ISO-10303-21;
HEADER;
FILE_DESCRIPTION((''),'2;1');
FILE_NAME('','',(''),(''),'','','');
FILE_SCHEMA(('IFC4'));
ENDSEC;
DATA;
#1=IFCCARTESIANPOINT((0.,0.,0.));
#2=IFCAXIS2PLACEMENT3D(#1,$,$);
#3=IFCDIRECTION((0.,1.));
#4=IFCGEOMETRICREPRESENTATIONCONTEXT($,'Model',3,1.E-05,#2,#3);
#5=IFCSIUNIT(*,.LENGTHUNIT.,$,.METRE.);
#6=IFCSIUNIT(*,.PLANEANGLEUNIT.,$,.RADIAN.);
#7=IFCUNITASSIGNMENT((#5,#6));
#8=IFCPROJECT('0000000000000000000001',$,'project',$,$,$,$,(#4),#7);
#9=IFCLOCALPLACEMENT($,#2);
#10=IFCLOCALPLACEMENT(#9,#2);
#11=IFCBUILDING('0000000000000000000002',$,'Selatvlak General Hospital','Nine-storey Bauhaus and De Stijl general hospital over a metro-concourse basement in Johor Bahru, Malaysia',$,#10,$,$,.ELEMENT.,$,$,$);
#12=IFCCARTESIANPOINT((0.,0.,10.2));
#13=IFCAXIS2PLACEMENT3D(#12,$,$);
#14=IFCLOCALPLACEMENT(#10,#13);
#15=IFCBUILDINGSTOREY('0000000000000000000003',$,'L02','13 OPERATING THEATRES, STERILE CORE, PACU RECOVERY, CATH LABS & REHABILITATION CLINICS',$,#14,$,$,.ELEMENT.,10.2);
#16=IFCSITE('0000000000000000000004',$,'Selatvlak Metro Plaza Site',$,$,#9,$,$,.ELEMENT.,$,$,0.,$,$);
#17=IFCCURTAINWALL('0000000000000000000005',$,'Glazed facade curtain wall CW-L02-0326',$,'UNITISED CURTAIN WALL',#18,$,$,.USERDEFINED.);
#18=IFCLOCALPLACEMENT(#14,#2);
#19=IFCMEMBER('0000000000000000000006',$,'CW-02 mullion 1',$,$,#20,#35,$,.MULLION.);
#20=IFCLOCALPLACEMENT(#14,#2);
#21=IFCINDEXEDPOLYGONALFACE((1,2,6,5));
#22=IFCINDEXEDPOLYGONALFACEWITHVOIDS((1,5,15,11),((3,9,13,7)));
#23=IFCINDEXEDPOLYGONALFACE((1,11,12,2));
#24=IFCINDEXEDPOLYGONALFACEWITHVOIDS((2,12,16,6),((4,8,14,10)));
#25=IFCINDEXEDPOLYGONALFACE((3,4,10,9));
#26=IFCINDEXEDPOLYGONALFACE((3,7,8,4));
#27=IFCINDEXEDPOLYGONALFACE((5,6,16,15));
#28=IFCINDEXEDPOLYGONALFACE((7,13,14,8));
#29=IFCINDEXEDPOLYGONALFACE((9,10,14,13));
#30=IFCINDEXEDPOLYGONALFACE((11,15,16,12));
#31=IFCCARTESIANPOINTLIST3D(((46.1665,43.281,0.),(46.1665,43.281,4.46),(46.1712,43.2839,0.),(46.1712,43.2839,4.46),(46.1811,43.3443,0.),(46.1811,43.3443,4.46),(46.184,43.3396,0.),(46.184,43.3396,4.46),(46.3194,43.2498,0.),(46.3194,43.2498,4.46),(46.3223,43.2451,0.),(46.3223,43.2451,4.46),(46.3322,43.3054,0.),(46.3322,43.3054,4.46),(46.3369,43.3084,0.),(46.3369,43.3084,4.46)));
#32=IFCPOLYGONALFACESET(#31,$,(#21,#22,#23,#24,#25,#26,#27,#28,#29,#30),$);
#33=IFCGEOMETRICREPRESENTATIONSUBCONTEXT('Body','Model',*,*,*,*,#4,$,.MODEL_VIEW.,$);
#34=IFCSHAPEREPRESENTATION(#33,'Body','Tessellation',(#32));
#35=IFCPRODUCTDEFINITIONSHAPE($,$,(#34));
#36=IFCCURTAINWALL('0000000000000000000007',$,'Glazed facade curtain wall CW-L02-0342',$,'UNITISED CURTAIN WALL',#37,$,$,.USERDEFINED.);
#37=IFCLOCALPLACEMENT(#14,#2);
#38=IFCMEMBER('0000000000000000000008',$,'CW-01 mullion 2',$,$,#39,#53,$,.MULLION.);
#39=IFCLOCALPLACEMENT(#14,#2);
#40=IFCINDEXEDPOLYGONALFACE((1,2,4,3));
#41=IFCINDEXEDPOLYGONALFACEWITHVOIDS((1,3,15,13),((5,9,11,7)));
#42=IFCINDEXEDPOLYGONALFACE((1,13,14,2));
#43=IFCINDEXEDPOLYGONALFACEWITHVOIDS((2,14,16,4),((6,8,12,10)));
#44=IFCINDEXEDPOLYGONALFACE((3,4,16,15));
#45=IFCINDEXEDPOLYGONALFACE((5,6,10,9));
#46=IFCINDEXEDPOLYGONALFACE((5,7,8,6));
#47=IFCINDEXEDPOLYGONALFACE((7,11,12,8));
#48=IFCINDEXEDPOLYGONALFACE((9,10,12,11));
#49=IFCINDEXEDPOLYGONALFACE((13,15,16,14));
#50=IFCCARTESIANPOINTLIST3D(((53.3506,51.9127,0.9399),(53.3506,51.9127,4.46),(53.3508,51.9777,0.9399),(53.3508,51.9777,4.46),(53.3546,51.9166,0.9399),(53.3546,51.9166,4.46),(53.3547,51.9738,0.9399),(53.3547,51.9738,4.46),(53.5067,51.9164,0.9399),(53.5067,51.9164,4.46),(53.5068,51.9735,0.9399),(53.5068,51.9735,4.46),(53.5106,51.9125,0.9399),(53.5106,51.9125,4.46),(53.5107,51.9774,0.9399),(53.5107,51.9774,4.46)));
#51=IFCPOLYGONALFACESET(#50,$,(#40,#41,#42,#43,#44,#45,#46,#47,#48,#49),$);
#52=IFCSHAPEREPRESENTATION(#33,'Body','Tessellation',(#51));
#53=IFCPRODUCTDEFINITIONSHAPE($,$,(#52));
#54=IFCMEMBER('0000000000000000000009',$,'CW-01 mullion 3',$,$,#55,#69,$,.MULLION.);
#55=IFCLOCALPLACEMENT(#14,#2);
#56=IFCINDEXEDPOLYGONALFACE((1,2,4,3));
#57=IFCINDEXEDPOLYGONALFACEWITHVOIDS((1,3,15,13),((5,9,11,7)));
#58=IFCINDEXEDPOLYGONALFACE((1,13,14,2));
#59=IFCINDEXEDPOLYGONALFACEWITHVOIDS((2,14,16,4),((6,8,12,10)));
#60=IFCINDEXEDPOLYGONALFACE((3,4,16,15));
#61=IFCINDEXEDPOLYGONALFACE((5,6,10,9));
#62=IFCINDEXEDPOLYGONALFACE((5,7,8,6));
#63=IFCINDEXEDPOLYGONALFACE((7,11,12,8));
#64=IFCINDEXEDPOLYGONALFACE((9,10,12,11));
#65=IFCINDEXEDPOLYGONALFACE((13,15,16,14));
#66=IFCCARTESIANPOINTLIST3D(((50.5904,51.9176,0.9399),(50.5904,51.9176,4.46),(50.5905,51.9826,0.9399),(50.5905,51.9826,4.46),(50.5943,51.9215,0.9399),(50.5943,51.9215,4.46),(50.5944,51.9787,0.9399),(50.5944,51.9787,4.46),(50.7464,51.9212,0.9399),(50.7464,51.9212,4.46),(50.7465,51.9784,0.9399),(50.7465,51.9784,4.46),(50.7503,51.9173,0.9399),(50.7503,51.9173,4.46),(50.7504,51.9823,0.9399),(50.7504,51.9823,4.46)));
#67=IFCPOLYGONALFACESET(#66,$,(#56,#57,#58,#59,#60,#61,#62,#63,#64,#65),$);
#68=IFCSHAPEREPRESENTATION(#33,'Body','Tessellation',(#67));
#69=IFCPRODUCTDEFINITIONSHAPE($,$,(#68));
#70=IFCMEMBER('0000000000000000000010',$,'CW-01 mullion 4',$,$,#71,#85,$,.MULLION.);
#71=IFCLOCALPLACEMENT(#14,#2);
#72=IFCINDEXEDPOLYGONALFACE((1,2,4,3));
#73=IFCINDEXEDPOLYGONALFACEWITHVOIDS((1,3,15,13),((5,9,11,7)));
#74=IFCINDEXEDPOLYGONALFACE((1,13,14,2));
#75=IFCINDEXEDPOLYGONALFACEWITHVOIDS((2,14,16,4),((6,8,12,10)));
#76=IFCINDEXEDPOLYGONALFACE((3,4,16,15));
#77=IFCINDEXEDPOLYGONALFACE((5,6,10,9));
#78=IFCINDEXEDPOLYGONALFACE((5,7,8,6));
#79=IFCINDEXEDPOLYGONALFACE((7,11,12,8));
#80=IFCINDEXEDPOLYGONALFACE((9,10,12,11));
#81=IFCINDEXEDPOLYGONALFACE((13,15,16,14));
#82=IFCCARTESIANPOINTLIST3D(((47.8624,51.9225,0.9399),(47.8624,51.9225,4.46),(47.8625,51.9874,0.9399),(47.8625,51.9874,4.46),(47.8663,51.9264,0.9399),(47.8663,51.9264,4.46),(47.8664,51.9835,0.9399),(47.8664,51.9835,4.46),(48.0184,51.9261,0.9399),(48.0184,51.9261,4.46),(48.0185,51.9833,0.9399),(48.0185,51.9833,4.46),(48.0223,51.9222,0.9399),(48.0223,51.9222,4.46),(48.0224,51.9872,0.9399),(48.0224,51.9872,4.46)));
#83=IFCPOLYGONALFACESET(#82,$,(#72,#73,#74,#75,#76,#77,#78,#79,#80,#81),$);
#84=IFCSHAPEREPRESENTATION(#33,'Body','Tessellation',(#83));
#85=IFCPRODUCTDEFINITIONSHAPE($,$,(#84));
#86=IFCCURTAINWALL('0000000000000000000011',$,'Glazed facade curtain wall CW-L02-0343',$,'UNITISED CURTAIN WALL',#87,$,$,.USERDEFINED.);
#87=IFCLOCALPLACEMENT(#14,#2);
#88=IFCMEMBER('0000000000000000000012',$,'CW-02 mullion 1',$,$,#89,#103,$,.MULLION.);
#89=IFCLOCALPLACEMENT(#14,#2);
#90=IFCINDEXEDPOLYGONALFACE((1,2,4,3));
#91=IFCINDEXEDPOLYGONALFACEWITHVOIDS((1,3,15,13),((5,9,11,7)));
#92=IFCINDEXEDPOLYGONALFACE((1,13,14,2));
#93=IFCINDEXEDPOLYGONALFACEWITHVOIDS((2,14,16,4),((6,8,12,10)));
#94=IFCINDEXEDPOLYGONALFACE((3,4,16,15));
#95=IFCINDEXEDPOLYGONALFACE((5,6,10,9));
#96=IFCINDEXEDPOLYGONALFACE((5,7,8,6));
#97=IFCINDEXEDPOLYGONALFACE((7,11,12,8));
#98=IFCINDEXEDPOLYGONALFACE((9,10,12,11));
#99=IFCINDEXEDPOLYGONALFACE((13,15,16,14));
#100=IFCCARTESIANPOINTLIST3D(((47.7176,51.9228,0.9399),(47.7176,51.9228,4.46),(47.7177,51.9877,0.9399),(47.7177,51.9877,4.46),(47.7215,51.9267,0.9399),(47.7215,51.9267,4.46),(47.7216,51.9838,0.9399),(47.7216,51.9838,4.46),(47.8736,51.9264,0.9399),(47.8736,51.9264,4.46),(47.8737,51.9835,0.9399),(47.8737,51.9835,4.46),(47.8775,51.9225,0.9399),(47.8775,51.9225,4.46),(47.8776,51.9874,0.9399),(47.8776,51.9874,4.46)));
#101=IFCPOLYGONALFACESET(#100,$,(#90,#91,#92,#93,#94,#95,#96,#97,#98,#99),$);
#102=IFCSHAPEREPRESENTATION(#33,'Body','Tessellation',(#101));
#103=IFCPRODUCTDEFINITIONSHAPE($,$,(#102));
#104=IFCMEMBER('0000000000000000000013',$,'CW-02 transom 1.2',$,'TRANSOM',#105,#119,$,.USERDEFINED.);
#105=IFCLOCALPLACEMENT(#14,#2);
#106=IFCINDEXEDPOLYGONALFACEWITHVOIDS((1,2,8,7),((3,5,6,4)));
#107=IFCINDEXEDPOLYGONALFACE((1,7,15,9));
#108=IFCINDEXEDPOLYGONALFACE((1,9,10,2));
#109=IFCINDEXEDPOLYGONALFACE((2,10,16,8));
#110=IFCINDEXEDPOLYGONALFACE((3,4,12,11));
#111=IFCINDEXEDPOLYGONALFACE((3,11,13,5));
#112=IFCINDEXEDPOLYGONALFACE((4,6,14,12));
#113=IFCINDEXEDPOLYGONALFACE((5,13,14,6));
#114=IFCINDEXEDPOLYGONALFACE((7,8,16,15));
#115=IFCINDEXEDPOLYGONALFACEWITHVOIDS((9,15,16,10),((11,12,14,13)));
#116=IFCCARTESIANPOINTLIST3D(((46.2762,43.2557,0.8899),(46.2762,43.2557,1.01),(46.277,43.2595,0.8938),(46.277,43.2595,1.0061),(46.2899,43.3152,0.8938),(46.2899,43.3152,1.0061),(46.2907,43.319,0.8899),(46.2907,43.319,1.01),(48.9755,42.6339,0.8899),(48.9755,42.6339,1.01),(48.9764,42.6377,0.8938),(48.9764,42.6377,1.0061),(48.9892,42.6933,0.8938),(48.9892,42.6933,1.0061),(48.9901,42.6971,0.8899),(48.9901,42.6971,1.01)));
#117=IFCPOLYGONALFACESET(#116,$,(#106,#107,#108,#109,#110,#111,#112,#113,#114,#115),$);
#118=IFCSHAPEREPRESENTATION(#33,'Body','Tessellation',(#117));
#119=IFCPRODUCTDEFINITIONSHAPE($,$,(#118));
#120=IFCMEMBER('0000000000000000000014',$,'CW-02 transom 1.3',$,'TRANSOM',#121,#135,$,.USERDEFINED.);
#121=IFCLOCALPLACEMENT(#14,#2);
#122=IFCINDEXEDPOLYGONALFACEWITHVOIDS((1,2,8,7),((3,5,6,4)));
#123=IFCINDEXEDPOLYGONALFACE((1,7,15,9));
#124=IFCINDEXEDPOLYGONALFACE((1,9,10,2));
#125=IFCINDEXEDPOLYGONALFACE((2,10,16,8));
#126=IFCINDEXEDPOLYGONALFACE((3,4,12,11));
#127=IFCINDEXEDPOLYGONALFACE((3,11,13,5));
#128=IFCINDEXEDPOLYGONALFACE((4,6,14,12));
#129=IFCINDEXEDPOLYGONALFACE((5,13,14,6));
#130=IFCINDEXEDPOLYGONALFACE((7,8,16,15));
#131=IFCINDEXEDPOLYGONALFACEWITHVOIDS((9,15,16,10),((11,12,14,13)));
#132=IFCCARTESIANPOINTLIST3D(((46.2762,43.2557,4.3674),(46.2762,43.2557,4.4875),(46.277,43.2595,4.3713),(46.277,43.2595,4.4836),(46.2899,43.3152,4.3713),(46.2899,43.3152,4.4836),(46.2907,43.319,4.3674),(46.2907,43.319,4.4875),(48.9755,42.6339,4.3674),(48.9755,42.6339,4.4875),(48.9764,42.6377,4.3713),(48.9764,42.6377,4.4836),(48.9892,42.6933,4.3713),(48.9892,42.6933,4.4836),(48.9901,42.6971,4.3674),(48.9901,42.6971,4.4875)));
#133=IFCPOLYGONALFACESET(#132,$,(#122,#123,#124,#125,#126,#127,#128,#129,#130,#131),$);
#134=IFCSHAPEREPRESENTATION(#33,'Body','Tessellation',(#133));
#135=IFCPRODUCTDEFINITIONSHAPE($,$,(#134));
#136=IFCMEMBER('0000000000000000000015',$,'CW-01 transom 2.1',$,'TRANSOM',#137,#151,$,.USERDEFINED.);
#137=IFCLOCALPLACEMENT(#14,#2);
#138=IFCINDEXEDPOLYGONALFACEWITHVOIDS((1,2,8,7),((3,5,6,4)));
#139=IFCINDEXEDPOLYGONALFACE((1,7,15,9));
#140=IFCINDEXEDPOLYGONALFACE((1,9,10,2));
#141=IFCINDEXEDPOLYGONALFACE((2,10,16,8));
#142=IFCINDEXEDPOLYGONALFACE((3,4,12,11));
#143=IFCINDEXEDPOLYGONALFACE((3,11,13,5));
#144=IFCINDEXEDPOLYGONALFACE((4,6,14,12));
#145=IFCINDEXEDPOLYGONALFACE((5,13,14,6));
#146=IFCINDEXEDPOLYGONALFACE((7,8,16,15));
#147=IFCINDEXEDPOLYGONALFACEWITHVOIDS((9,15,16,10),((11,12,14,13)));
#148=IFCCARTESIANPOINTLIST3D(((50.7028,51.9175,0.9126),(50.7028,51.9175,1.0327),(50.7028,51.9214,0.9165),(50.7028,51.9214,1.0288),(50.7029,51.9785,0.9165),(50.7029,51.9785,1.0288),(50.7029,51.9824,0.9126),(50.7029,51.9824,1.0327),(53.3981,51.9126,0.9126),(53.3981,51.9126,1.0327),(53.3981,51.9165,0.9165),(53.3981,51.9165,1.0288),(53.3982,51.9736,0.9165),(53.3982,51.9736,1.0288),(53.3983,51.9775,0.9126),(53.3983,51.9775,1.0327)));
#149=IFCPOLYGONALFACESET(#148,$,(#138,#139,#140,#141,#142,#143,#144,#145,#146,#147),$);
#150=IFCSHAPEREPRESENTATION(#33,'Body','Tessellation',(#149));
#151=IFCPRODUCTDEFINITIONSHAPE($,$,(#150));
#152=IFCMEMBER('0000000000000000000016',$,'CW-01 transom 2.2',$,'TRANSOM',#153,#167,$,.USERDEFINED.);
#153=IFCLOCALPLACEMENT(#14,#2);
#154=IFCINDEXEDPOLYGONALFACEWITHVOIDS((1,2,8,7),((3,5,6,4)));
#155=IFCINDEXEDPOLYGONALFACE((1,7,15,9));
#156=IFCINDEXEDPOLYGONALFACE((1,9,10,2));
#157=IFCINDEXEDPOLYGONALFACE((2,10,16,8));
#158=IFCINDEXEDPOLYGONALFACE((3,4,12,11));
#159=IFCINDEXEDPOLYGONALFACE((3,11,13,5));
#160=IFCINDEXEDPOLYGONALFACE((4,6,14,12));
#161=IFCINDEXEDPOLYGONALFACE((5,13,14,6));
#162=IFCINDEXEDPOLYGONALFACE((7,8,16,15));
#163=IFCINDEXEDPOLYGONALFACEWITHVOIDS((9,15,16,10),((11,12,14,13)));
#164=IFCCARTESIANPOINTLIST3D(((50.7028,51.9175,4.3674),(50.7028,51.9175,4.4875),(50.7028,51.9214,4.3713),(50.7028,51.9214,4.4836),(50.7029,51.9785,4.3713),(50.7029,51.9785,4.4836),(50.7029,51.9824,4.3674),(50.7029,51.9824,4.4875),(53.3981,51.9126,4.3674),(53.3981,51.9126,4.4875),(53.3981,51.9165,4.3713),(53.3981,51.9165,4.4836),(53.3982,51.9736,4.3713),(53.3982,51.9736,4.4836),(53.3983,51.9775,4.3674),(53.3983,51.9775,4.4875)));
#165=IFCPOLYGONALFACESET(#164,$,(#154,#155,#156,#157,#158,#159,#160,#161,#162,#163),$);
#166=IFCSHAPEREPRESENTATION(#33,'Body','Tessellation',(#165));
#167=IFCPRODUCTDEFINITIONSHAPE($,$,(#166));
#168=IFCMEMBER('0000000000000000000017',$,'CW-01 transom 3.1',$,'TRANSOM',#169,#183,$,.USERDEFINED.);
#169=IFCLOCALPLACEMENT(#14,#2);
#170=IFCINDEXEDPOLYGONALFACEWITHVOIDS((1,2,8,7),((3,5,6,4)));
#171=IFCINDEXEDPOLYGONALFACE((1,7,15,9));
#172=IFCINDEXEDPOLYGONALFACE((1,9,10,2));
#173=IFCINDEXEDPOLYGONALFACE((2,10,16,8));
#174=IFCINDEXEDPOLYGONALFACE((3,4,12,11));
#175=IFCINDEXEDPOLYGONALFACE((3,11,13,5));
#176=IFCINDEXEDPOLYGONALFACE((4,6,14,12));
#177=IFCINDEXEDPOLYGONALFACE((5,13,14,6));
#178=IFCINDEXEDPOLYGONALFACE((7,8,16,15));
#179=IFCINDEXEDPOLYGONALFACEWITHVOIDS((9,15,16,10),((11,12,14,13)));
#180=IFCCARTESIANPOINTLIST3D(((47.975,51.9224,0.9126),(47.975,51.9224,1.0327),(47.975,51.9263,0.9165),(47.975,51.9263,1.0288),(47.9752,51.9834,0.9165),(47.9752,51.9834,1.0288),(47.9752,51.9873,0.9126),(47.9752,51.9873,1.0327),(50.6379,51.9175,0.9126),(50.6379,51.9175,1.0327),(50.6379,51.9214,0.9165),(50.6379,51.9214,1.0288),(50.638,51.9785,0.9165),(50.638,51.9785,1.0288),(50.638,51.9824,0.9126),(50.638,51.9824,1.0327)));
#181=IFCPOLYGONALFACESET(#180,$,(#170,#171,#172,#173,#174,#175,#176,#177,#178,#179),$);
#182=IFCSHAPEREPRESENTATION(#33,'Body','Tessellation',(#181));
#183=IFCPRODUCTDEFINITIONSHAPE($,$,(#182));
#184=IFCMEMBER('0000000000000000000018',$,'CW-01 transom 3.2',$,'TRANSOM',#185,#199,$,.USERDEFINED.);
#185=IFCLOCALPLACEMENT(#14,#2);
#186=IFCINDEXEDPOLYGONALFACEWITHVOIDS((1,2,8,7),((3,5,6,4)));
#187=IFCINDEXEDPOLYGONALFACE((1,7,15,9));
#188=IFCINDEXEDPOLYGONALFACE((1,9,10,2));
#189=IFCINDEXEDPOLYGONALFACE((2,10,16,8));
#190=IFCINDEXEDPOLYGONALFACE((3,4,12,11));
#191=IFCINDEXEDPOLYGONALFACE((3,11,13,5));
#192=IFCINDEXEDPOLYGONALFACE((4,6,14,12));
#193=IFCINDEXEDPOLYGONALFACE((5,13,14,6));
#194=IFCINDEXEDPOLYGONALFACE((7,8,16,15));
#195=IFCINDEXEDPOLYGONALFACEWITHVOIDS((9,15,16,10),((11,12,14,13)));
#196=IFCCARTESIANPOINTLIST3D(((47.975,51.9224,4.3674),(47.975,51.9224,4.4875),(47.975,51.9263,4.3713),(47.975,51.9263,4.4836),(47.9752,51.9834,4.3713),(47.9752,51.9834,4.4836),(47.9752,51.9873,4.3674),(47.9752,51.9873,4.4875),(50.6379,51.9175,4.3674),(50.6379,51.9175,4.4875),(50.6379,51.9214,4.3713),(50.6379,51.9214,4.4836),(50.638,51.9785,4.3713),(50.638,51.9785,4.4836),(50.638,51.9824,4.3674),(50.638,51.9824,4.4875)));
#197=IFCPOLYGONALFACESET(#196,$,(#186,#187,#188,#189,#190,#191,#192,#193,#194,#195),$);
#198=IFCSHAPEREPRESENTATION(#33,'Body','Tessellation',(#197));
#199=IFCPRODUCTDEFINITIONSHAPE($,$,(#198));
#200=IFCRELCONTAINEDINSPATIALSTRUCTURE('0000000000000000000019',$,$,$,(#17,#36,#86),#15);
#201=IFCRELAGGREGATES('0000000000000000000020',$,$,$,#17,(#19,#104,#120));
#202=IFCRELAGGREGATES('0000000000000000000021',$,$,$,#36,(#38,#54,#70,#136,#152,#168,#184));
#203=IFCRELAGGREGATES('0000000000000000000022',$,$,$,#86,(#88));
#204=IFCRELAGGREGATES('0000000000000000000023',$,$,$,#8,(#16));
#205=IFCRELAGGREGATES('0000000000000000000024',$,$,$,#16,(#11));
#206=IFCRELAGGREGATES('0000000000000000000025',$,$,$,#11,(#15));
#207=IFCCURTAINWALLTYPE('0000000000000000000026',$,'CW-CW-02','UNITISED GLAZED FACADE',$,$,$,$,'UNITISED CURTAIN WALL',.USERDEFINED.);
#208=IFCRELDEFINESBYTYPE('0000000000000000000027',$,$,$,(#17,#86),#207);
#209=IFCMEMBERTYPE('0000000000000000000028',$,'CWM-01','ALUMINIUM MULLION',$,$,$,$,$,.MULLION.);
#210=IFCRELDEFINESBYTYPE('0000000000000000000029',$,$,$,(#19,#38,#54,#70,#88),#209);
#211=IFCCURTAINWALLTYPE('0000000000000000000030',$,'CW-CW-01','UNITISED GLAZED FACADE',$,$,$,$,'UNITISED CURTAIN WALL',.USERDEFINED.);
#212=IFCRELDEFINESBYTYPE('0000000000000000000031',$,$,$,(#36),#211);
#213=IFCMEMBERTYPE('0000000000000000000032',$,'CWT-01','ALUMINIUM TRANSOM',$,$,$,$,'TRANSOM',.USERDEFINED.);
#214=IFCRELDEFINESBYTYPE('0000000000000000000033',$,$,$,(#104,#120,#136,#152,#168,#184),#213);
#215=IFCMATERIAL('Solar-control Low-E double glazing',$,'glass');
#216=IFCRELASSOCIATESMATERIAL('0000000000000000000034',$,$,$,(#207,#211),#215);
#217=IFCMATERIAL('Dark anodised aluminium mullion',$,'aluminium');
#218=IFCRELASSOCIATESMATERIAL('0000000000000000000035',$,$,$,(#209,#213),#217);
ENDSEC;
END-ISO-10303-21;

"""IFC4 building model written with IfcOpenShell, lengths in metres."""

from ifc_helpers import new_model, si_unit, direction, frame, origin, origin_2d, place, context, subcontext, project, spatial, hollow_rectangle, extrude, material, material_profile, profile_set, type_object, element, aggregate, save


model = new_model("IFC4")

# Units and contexts
model_context = context("Model", 3, precision=1e-05, world=origin(), true_north=direction((0.0, 1.0)))
body_context = subcontext(model_context, "Body", "Model", "MODEL_VIEW")
ifc_project = project(units=[si_unit("LENGTHUNIT", "METRE"), si_unit("PLANEANGLEUNIT", "RADIAN")], contexts=[model_context])

# Site, building, storey
site_placement = place(None, origin())
site = spatial("IfcSite", under=ifc_project, at=site_placement, Name="Selatvlak Metro Plaza Site", CompositionType="ELEMENT", RefElevation=0.0)
building_placement = place(site_placement, origin())
building = spatial("IfcBuilding", under=site, at=building_placement, Name="Selatvlak General Hospital", Description="Nine-storey Bauhaus and De Stijl general hospital over a metro-concourse basement in Johor Bahru, Malaysia", CompositionType="ELEMENT")
storey_placement = place(building_placement, frame((0.0, 0.0, 10.2)))
storey = spatial("IfcBuildingStorey", under=building, at=storey_placement, Name="L02", Description="13 OPERATING THEATRES, STERILE CORE, PACU RECOVERY, CATH LABS & REHABILITATION CLINICS", CompositionType="ELEMENT", Elevation=10.2)

# Curtain wall, member
ifc_material_1 = material(Name="Solar-control Low-E double glazing", Category="glass")
curtain_wall_type_1 = type_object("IfcCurtainWallType", Name="CW-CW-02", Description="UNITISED GLAZED FACADE", ElementType="UNITISED CURTAIN WALL", PredefinedType="USERDEFINED", material=ifc_material_1)
curtain_wall_1_placement = place(storey_placement, origin())
curtain_wall_1 = element("IfcCurtainWall", 1, at=curtain_wall_1_placement, inside=storey, type_object=curtain_wall_type_1, Name="Glazed facade curtain wall CW-L02-0326", ObjectType="UNITISED CURTAIN WALL", PredefinedType="USERDEFINED")
ifc_material_2 = material(Name="Dark anodised aluminium mullion", Category="aluminium")
ifc_material_profile_1 = material_profile(ifc_material_2, hollow_rectangle(XDim=0.0649, YDim=0.1599, WallThickness=0.0039, at=origin_2d()), Name="AL-MUL 65x160x4")
ifc_profile_set_1 = profile_set([ifc_material_profile_1], Name="Dark anodised aluminium mullion")
member_type_1 = type_object("IfcMemberType", Name="CWM-01", Description="ALUMINIUM MULLION", PredefinedType="MULLION", material=ifc_profile_set_1)
member_1_placement = place(storey_placement, frame((46.2517, 43.2947, 0.0), z_axis=(0.0, 0.0, 1.0), x_axis=(0.224482, 0.974478, 0.0)))
member_1 = element("IfcMember", 2, at=member_1_placement, type_object=member_type_1, Name="CW-02 mullion 1", PredefinedType="MULLION", context=body_context, shape_type="SweptSolid", body=[
    extrude(hollow_rectangle(XDim=0.0649, YDim=0.1599, WallThickness=0.0039, at=origin_2d()), origin(), (0.0, 0.0, 1.0), 4.46),
])

# Curtain wall, members
curtain_wall_type_2 = type_object("IfcCurtainWallType", Name="CW-CW-01", Description="UNITISED GLAZED FACADE", ElementType="UNITISED CURTAIN WALL", PredefinedType="USERDEFINED", material=ifc_material_1)
curtain_wall_2_placement = place(storey_placement, origin())
curtain_wall_2 = element("IfcCurtainWall", 3, at=curtain_wall_2_placement, inside=storey, type_object=curtain_wall_type_2, Name="Glazed facade curtain wall CW-L02-0342", ObjectType="UNITISED CURTAIN WALL", PredefinedType="USERDEFINED")
member_2_placement = place(storey_placement, frame((53.4307, 51.9451, 0.9399), z_axis=(0.0, 0.0, 1.0), x_axis=(-0.001811, -0.999998, 0.0)))
member_2 = element("IfcMember", 4, at=member_2_placement, type_object=member_type_1, Name="CW-01 mullion 2", PredefinedType="MULLION", context=body_context, shape_type="SweptSolid", body=[
    extrude(hollow_rectangle(XDim=0.0649, YDim=0.1599, WallThickness=0.0039, at=origin_2d()), origin(), (0.0, 0.0, 1.0), 3.52),
])
member_3_placement = place(storey_placement, frame((50.6704, 51.95, 0.9399), z_axis=(0.0, 0.0, 1.0), x_axis=(-0.001811, -0.999998, 0.0)))
member_3 = element("IfcMember", 5, at=member_3_placement, type_object=member_type_1, Name="CW-01 mullion 3", PredefinedType="MULLION", context=body_context, shape_type="SweptSolid", body=[
    extrude(hollow_rectangle(XDim=0.0649, YDim=0.1599, WallThickness=0.0039, at=origin_2d()), origin(), (0.0, 0.0, 1.0), 3.52),
])
member_4_placement = place(storey_placement, frame((47.9424, 51.9548, 0.9399), z_axis=(0.0, 0.0, 1.0), x_axis=(-0.001811, -0.999998, 0.0)))
member_4 = element("IfcMember", 6, at=member_4_placement, type_object=member_type_1, Name="CW-01 mullion 4", PredefinedType="MULLION", context=body_context, shape_type="SweptSolid", body=[
    extrude(hollow_rectangle(XDim=0.0649, YDim=0.1599, WallThickness=0.0039, at=origin_2d()), origin(), (0.0, 0.0, 1.0), 3.52),
])

# Curtain wall, member
curtain_wall_3_placement = place(storey_placement, origin())
curtain_wall_3 = element("IfcCurtainWall", 7, at=curtain_wall_3_placement, inside=storey, type_object=curtain_wall_type_1, Name="Glazed facade curtain wall CW-L02-0343", ObjectType="UNITISED CURTAIN WALL", PredefinedType="USERDEFINED")
member_5_placement = place(storey_placement, frame((47.7976, 51.9551, 0.9399), z_axis=(0.0, 0.0, 1.0), x_axis=(-0.001811, -0.999998, 0.0)))
member_5 = element("IfcMember", 8, at=member_5_placement, type_object=member_type_1, Name="CW-02 mullion 1", PredefinedType="MULLION", context=body_context, shape_type="SweptSolid", body=[
    extrude(hollow_rectangle(XDim=0.0649, YDim=0.1599, WallThickness=0.0039, at=origin_2d()), origin(), (0.0, 0.0, 1.0), 3.52),
])

# Members
ifc_material_profile_2 = material_profile(ifc_material_2, hollow_rectangle(XDim=0.0649, YDim=0.1201, WallThickness=0.0039, at=origin_2d()), Name="AL-TRN 65x120x4")
ifc_profile_set_2 = profile_set([ifc_material_profile_2], Name="Dark anodised aluminium mullion")
member_type_2 = type_object("IfcMemberType", Name="CWT-01", Description="ALUMINIUM TRANSOM", ElementType="TRANSOM", PredefinedType="USERDEFINED", material=ifc_profile_set_2)
member_6_placement = place(storey_placement, frame((46.2834, 43.2874, 0.95), z_axis=(0.974476, -0.224493, 0.0), x_axis=(0.224493, 0.974476, 0.0)))
member_6 = element("IfcMember", 9, at=member_6_placement, type_object=member_type_2, Name="CW-02 transom 1.2", ObjectType="TRANSOM", PredefinedType="USERDEFINED", context=body_context, shape_type="SweptSolid", body=[
    extrude(hollow_rectangle(XDim=0.0649, YDim=0.1201, WallThickness=0.0039, at=origin_2d()), origin(), (0.0, 0.0, 1.0), 2.77),
])
member_7_placement = place(storey_placement, frame((46.2834, 43.2874, 4.4275), z_axis=(0.974476, -0.224493, 0.0), x_axis=(0.224493, 0.974476, 0.0)))
member_7 = element("IfcMember", 10, at=member_7_placement, type_object=member_type_2, Name="CW-02 transom 1.3", ObjectType="TRANSOM", PredefinedType="USERDEFINED", context=body_context, shape_type="SweptSolid", body=[
    extrude(hollow_rectangle(XDim=0.0649, YDim=0.1201, WallThickness=0.0039, at=origin_2d()), origin(), (0.0, 0.0, 1.0), 2.77),
])
aggregate(curtain_wall_1, [member_1, member_6, member_7])
member_8_placement = place(storey_placement, frame((53.3982, 51.9451, 0.9727), z_axis=(-0.999998, 0.001812, 0.0), x_axis=(-0.001812, -0.999998, 0.0)))
member_8 = element("IfcMember", 11, at=member_8_placement, type_object=member_type_2, Name="CW-01 transom 2.1", ObjectType="TRANSOM", PredefinedType="USERDEFINED", context=body_context, shape_type="SweptSolid", body=[
    extrude(hollow_rectangle(XDim=0.0649, YDim=0.1201, WallThickness=0.0039, at=origin_2d()), origin(), (0.0, 0.0, 1.0), 2.6953),
])
member_9_placement = place(storey_placement, frame((53.3982, 51.9451, 4.4275), z_axis=(-0.999998, 0.001812, 0.0), x_axis=(-0.001812, -0.999998, 0.0)))
member_9 = element("IfcMember", 12, at=member_9_placement, type_object=member_type_2, Name="CW-01 transom 2.2", ObjectType="TRANSOM", PredefinedType="USERDEFINED", context=body_context, shape_type="SweptSolid", body=[
    extrude(hollow_rectangle(XDim=0.0649, YDim=0.1201, WallThickness=0.0039, at=origin_2d()), origin(), (0.0, 0.0, 1.0), 2.6953),
])
member_10_placement = place(storey_placement, frame((50.6379, 51.95, 0.9727), z_axis=(-0.999998, 0.001834, 0.0), x_axis=(-0.001834, -0.999998, 0.0)))
member_10 = element("IfcMember", 13, at=member_10_placement, type_object=member_type_2, Name="CW-01 transom 3.1", ObjectType="TRANSOM", PredefinedType="USERDEFINED", context=body_context, shape_type="SweptSolid", body=[
    extrude(hollow_rectangle(XDim=0.0649, YDim=0.1201, WallThickness=0.0039, at=origin_2d()), origin(), (0.0, 0.0, 1.0), 2.6628),
])
member_11_placement = place(storey_placement, frame((50.6379, 51.95, 4.4275), z_axis=(-0.999998, 0.001834, 0.0), x_axis=(-0.001834, -0.999998, 0.0)))
member_11 = element("IfcMember", 14, at=member_11_placement, type_object=member_type_2, Name="CW-01 transom 3.2", ObjectType="TRANSOM", PredefinedType="USERDEFINED", context=body_context, shape_type="SweptSolid", body=[
    extrude(hollow_rectangle(XDim=0.0649, YDim=0.1201, WallThickness=0.0039, at=origin_2d()), origin(), (0.0, 0.0, 1.0), 2.6628),
])

aggregate(curtain_wall_2, [member_2, member_3, member_4, member_8, member_9, member_10, member_11])
aggregate(curtain_wall_3, [member_5])

save(model, "model.ifc")
